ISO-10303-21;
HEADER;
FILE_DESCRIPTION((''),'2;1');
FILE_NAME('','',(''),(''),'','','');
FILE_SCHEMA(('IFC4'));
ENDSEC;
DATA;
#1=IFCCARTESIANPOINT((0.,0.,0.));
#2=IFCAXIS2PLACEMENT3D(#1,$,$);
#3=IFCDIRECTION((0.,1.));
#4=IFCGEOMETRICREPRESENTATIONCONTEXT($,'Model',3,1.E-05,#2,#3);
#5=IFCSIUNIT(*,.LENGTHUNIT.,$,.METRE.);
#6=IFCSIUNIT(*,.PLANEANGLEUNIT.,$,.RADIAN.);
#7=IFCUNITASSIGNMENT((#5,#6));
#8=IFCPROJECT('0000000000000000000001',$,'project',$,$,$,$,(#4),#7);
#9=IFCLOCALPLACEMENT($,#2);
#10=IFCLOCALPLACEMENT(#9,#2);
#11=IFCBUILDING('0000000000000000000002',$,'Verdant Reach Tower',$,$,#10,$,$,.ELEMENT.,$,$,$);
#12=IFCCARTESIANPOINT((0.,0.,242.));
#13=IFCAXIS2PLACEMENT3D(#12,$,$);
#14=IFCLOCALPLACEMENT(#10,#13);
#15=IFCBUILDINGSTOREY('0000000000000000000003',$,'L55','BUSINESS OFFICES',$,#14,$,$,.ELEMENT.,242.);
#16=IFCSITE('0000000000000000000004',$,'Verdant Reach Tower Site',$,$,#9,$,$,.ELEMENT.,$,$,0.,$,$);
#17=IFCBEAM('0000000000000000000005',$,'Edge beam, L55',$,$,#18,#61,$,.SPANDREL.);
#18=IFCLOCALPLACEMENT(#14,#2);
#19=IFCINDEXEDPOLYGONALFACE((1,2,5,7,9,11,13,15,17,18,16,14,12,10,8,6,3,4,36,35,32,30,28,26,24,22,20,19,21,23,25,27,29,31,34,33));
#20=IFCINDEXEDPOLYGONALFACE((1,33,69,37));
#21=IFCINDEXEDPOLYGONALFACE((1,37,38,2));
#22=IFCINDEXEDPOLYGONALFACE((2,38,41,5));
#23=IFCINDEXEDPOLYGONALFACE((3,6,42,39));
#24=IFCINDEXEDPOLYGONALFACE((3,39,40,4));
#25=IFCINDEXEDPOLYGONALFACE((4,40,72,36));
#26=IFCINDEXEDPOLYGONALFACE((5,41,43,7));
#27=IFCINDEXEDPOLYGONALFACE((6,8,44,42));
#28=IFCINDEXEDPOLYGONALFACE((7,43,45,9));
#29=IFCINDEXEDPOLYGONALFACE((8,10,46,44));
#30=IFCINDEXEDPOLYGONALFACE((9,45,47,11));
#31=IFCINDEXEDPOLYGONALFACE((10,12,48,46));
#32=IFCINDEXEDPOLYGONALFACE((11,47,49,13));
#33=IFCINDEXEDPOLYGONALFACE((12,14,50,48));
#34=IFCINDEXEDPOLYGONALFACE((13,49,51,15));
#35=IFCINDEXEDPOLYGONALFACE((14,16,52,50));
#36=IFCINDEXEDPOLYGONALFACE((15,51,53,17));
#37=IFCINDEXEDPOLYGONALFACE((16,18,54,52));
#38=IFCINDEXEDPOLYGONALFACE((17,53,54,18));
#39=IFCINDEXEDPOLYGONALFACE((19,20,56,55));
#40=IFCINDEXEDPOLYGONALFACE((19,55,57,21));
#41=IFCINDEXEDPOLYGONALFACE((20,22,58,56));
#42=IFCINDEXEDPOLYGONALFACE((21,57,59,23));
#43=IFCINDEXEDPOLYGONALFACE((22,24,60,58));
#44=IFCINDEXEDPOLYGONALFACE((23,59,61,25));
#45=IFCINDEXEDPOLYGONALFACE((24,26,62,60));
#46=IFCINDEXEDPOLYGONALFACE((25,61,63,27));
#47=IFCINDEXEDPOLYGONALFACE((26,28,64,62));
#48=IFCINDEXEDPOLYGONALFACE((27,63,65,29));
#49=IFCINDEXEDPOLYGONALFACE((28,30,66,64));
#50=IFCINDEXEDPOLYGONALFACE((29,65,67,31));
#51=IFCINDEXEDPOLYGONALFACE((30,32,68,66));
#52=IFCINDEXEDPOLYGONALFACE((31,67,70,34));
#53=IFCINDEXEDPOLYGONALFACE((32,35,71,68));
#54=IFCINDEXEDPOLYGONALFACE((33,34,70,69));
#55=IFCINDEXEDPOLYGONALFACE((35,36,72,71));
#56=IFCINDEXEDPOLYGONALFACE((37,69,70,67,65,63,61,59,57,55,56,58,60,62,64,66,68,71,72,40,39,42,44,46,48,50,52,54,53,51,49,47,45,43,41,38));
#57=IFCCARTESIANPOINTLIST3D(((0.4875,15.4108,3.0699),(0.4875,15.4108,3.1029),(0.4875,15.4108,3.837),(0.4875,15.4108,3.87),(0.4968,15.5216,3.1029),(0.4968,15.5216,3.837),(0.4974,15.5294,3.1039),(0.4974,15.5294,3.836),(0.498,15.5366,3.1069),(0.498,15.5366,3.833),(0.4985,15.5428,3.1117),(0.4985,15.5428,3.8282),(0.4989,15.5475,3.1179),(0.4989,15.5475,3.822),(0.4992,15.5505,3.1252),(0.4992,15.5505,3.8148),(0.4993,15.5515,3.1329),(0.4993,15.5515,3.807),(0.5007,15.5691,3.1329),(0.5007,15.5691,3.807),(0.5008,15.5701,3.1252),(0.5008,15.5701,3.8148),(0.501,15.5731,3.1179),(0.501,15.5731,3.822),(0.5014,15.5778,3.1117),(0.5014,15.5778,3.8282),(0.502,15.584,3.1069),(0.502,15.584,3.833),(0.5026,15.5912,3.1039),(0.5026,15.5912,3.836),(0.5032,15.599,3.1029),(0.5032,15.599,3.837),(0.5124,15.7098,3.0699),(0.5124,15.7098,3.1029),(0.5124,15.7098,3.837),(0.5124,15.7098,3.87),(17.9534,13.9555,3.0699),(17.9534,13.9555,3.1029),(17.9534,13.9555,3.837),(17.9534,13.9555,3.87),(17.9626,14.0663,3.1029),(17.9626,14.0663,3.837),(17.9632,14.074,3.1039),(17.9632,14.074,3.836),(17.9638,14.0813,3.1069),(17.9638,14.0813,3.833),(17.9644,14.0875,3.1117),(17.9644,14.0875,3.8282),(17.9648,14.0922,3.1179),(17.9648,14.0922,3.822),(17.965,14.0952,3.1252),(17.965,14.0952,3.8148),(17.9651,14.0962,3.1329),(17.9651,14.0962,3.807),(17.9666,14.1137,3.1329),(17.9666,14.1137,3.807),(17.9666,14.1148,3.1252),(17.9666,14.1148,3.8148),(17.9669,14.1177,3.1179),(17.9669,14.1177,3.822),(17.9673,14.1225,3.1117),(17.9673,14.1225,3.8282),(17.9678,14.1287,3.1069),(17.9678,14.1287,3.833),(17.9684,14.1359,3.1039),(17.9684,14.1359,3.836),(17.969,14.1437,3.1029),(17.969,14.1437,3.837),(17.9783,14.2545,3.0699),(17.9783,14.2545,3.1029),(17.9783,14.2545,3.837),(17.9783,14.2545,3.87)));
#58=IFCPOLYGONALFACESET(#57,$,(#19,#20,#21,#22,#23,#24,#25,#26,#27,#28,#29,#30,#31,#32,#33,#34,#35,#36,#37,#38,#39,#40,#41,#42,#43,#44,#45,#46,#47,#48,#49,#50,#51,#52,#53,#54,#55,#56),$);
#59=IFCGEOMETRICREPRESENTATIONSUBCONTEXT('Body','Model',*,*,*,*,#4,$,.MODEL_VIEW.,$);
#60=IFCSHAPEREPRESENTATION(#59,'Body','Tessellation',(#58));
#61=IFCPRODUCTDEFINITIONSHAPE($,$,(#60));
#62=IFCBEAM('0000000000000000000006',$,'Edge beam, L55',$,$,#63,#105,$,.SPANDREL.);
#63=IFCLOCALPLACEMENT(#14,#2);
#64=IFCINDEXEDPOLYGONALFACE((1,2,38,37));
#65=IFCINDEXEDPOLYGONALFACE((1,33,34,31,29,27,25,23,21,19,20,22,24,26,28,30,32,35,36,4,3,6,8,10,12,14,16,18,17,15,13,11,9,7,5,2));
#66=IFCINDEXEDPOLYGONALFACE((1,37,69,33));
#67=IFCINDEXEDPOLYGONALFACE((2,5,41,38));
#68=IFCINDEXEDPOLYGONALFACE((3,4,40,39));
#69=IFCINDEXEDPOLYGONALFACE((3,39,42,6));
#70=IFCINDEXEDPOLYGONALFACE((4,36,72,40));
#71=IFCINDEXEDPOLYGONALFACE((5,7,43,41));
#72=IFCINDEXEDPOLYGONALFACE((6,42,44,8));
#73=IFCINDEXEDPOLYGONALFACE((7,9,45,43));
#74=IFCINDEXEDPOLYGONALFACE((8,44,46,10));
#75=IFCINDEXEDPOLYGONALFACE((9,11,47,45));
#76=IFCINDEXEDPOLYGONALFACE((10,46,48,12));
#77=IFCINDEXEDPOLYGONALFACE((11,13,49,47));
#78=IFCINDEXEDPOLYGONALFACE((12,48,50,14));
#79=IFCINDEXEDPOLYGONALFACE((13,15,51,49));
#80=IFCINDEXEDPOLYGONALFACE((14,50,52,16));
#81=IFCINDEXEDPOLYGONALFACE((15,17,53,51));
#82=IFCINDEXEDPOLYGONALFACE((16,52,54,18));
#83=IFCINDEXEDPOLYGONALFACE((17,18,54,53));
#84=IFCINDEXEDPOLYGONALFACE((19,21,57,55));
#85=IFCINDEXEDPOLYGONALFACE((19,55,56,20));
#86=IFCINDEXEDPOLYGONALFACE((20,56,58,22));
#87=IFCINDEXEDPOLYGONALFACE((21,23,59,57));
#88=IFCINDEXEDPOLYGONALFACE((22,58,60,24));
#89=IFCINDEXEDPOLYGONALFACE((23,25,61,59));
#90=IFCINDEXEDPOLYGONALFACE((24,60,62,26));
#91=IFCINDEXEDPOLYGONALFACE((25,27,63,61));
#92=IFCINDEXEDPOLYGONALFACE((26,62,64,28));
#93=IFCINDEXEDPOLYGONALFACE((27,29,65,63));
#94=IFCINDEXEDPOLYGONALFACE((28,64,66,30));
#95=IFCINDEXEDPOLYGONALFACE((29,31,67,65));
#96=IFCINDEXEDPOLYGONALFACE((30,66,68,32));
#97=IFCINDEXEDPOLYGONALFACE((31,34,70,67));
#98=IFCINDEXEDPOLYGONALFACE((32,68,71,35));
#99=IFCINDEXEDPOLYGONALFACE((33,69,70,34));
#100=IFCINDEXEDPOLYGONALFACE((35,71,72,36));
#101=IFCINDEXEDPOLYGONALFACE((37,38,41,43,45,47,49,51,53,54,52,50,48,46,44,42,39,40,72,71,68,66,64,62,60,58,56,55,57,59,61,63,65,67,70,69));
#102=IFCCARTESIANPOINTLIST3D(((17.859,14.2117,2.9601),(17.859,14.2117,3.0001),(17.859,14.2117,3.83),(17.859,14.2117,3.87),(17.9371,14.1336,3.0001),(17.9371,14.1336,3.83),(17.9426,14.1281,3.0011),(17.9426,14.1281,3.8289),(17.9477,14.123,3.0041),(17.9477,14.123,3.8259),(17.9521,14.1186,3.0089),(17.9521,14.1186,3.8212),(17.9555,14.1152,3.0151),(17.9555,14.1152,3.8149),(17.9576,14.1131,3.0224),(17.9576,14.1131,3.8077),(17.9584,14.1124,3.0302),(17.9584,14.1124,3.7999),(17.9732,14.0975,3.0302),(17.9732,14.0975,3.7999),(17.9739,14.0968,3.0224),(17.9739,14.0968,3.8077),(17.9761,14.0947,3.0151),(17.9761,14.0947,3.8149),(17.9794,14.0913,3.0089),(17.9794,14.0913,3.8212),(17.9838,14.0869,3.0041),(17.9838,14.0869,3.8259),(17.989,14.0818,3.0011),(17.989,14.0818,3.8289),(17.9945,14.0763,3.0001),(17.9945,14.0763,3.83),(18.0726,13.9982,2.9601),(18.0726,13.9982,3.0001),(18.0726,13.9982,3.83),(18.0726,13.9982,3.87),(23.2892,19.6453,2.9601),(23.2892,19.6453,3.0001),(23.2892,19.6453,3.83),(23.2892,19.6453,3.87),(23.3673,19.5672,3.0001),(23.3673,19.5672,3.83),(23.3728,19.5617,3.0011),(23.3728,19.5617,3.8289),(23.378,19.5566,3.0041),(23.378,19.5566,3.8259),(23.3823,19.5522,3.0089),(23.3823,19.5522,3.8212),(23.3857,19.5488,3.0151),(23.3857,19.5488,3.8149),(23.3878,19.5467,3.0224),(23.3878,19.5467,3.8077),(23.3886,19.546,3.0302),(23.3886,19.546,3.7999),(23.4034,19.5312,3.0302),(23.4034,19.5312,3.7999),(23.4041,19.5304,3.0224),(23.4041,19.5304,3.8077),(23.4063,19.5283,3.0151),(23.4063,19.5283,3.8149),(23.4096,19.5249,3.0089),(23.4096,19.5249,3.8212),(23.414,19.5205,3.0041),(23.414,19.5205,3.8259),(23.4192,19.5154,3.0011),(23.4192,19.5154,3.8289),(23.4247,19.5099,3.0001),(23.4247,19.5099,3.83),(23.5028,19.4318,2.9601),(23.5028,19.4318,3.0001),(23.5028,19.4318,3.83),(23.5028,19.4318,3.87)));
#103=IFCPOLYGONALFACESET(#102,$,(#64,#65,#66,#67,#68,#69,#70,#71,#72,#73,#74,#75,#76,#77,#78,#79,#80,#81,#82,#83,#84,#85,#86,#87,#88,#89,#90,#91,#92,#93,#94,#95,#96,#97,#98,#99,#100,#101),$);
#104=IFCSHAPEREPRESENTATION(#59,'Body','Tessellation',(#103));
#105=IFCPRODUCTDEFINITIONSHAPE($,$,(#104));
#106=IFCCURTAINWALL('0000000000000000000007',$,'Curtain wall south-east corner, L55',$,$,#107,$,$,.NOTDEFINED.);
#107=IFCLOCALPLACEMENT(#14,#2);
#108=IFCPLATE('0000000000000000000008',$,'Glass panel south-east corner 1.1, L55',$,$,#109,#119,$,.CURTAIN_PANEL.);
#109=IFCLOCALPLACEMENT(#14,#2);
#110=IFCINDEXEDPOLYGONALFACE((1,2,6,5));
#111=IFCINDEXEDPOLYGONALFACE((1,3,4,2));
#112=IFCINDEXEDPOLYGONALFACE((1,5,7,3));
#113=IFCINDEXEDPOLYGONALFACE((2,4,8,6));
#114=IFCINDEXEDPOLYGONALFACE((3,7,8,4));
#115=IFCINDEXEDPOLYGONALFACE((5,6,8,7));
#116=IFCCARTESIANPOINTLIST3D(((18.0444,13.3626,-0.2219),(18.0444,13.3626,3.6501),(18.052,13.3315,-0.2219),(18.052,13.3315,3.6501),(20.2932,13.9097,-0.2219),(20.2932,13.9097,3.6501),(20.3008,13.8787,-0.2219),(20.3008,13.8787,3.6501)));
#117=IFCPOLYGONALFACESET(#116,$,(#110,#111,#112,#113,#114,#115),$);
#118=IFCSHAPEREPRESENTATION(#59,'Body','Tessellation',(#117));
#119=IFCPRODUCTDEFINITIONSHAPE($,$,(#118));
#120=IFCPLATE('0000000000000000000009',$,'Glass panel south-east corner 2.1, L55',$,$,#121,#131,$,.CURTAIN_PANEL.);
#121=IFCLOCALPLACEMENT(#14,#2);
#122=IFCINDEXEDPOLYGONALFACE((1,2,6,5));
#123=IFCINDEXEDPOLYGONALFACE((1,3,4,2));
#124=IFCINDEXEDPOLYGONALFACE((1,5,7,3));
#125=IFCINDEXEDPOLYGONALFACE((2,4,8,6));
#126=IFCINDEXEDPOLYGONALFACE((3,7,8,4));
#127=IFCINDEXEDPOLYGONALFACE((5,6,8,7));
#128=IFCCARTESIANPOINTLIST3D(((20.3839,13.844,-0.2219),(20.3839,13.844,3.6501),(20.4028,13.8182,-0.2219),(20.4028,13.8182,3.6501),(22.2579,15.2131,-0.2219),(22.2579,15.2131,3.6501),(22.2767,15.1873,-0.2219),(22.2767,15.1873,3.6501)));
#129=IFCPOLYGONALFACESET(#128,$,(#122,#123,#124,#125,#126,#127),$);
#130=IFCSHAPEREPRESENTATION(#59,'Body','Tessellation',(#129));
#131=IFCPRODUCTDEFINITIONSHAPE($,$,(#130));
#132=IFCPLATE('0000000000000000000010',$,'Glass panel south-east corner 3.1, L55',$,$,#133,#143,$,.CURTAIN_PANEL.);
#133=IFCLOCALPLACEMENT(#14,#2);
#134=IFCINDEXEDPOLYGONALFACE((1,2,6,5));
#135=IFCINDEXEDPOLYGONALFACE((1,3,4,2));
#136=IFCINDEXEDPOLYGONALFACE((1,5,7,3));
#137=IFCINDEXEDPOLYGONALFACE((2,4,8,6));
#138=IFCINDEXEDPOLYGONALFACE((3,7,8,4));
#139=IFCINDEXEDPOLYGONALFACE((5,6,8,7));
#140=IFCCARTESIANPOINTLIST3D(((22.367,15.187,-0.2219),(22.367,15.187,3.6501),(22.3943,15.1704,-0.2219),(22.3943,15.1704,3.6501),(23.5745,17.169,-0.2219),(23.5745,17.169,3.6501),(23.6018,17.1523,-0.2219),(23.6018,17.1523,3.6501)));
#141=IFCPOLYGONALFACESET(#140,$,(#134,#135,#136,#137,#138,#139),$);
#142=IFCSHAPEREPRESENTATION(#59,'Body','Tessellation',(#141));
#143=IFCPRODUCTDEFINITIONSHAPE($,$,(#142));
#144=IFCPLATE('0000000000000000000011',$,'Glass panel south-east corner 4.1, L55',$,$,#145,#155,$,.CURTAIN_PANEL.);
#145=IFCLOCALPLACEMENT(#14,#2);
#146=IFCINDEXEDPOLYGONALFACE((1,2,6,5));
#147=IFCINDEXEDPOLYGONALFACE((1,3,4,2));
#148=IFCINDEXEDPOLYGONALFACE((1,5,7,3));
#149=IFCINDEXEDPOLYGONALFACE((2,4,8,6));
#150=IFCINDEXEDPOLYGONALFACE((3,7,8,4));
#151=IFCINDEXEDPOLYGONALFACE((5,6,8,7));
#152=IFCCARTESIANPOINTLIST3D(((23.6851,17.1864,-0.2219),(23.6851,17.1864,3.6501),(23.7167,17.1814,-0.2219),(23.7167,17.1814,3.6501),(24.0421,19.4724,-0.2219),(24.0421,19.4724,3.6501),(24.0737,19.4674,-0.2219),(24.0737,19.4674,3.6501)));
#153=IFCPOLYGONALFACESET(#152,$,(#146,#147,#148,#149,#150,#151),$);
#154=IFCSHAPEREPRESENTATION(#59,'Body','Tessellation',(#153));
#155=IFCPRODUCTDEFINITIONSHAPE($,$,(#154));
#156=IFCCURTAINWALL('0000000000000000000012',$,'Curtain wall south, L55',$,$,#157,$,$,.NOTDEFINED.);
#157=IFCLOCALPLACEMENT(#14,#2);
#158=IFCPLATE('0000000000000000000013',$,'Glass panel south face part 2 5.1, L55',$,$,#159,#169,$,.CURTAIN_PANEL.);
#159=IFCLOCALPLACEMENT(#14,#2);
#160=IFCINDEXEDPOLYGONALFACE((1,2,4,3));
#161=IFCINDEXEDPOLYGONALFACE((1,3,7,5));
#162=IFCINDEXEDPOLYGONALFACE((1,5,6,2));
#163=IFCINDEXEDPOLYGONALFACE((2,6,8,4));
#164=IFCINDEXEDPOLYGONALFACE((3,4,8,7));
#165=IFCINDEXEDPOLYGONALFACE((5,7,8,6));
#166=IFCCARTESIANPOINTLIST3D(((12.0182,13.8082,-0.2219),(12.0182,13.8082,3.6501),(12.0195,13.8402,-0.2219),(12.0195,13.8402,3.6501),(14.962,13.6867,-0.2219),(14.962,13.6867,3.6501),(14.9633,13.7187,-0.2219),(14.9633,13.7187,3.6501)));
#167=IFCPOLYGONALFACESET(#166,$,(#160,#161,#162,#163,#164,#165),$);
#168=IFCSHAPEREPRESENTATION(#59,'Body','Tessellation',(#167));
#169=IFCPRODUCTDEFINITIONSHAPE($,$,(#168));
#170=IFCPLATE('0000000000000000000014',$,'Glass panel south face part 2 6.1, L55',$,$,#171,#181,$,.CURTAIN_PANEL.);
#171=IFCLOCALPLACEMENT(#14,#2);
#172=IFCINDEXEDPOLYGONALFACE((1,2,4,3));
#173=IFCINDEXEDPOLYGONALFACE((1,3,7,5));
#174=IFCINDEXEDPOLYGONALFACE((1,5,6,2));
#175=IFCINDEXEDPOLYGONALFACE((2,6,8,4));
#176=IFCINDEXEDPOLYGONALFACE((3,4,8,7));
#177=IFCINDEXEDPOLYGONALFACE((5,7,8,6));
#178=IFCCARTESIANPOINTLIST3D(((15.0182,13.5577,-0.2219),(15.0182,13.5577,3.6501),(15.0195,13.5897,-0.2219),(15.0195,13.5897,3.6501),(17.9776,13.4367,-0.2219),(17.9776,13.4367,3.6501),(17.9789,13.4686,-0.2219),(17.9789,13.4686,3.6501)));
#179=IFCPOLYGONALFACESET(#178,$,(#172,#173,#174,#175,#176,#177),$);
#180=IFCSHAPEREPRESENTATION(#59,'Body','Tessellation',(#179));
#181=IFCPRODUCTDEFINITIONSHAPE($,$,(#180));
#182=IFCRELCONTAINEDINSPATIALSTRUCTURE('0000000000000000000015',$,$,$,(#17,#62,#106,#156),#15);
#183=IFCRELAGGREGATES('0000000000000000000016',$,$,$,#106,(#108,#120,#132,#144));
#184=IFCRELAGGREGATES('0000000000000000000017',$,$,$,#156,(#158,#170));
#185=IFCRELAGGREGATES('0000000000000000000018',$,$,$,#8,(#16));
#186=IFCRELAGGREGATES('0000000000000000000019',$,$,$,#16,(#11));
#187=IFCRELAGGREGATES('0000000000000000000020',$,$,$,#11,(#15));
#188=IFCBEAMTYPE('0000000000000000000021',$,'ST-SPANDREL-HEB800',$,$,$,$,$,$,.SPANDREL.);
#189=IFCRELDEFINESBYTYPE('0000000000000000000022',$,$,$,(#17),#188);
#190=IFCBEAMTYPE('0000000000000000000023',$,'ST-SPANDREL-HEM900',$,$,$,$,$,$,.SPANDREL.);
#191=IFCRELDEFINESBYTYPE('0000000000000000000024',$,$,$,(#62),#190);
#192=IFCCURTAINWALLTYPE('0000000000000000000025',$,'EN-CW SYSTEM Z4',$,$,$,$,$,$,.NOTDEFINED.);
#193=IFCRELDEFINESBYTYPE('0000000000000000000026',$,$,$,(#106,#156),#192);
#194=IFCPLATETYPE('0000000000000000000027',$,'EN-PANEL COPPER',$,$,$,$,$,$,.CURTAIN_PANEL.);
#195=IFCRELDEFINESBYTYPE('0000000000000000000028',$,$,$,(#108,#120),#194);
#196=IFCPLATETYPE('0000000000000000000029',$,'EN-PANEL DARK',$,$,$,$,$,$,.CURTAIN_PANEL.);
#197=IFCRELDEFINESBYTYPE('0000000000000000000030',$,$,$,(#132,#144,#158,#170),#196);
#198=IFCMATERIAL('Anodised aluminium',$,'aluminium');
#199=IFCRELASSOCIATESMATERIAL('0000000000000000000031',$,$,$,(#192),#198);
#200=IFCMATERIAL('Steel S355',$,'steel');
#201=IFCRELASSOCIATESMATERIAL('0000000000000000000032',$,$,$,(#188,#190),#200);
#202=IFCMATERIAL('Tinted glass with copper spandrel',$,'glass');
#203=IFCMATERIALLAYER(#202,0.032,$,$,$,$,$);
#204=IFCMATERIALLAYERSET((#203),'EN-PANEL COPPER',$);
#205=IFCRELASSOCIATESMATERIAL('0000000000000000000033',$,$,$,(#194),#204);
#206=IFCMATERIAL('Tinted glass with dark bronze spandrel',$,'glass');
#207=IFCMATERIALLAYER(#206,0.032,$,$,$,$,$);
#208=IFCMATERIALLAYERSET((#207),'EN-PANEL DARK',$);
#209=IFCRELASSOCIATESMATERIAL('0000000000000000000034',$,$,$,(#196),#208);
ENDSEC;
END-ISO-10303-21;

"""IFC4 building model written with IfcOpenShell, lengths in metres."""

from ifc_helpers import new_model, si_unit, direction, frame, origin, origin_2d, place, context, subcontext, project, spatial, rectangle, i_section, extrude, material, layer, layer_set, material_profile, profile_set, type_object, element, aggregate, save


model = new_model("IFC4")

# Units and contexts
model_context = context("Model", 3, precision=1e-05, world=origin(), true_north=direction((0.0, 1.0)))
body_context = subcontext(model_context, "Body", "Model", "MODEL_VIEW")
ifc_project = project(units=[si_unit("LENGTHUNIT", "METRE"), si_unit("PLANEANGLEUNIT", "RADIAN")], contexts=[model_context])

# Site, building, storey
site_placement = place(None, origin())
site = spatial("IfcSite", under=ifc_project, at=site_placement, Name="Verdant Reach Tower Site", CompositionType="ELEMENT", RefElevation=0.0)
building_placement = place(site_placement, origin())
building = spatial("IfcBuilding", under=site, at=building_placement, Name="Verdant Reach Tower", CompositionType="ELEMENT")
storey_placement = place(building_placement, frame((0.0, 0.0, 242.0)))
storey = spatial("IfcBuildingStorey", under=building, at=storey_placement, Name="L55", Description="BUSINESS OFFICES", CompositionType="ELEMENT", Elevation=242.0)

# Shared definitions
ifc_material_1 = material(Name="Anodised aluminium", Category="aluminium")
curtain_wall_type = type_object("IfcCurtainWallType", Name="EN-CW SYSTEM Z4", PredefinedType="NOTDEFINED", material=ifc_material_1)

# Beams
ifc_material_2 = material(Name="Steel S355", Category="steel")
ifc_material_profile_1 = material_profile(ifc_material_2, i_section(OverallWidth=0.3, OverallDepth=0.8, WebThickness=0.0176, FlangeThickness=0.033, FilletRadius=0.03, at=origin_2d()), Name="HEB 800")
ifc_profile_set_1 = profile_set([ifc_material_profile_1], Name="Steel S355")
beam_type_1 = type_object("IfcBeamType", Name="ST-SPANDREL-HEB800", PredefinedType="SPANDREL", material=ifc_profile_set_1)
beam_1_placement = place(storey_placement, frame((17.9658, 14.105, 3.47), z_axis=(-0.996547, 0.083036, 0.0), x_axis=(-0.083036, -0.996547, 0.0)))
element("IfcBeam", 1, at=beam_1_placement, inside=storey, type_object=beam_type_1, Name="Edge beam, L55", PredefinedType="SPANDREL", context=body_context, shape_type="SweptSolid", body=[
    extrude(i_section(OverallWidth=0.3, OverallDepth=0.8, WebThickness=0.0176, FlangeThickness=0.033, FilletRadius=0.03, at=origin_2d()), origin(), (0.0, 0.0, 1.0), 17.5264),
])
ifc_material_profile_2 = material_profile(ifc_material_2, i_section(OverallWidth=0.302, OverallDepth=0.9099, WebThickness=0.021, FlangeThickness=0.04, FilletRadius=0.03, at=origin_2d()), Name="HEM 900")
ifc_profile_set_2 = profile_set([ifc_material_profile_2], Name="Steel S355")
beam_type_2 = type_object("IfcBeamType", Name="ST-SPANDREL-HEM900", PredefinedType="SPANDREL", material=ifc_profile_set_2)
beam_2_placement = place(storey_placement, frame((23.396, 19.5386, 3.415), z_axis=(-0.706884, -0.707329, 0.0), x_axis=(0.707329, -0.706884, 0.0)))
element("IfcBeam", 2, at=beam_2_placement, inside=storey, type_object=beam_type_2, Name="Edge beam, L55", PredefinedType="SPANDREL", context=body_context, shape_type="SweptSolid", body=[
    extrude(i_section(OverallWidth=0.302, OverallDepth=0.9099, WebThickness=0.021, FlangeThickness=0.04, FilletRadius=0.03, at=origin_2d()), origin(), (0.0, 0.0, 1.0), 7.6819),
])

# Curtain walls, plates
curtain_wall_1_placement = place(storey_placement, origin())
curtain_wall_1 = element("IfcCurtainWall", 3, at=curtain_wall_1_placement, inside=storey, type_object=curtain_wall_type, Name="Curtain wall south-east corner, L55", PredefinedType="NOTDEFINED")
ifc_material_3 = material(Name="Tinted glass with copper spandrel", Category="glass")
ifc_layer_1 = layer(ifc_material_3, 0.032)
ifc_layer_set_1 = layer_set([ifc_layer_1], Name="EN-PANEL COPPER")
plate_type_1 = type_object("IfcPlateType", Name="EN-PANEL COPPER", PredefinedType="CURTAIN_PANEL", material=ifc_layer_set_1)
plate_1_placement = place(storey_placement, frame((19.1726, 13.6206, -0.2219), z_axis=(0.0, 0.0, 1.0), x_axis=(0.971652, 0.236414, 0.0)))
plate_1 = element("IfcPlate", 4, at=plate_1_placement, type_object=plate_type_1, Name="Glass panel south-east corner 1.1, L55", PredefinedType="CURTAIN_PANEL", context=body_context, shape_type="SweptSolid", body=[
    extrude(rectangle(XDim=2.3145, YDim=0.032, at=origin_2d()), origin(), (0.0, 0.0, 1.0), 3.8721),
])
plate_2_placement = place(storey_placement, frame((21.3303, 14.5156, -0.2219), z_axis=(0.0, 0.0, 1.0), x_axis=(0.807457, 0.589927, 0.0)))
plate_2 = element("IfcPlate", 5, at=plate_2_placement, type_object=plate_type_1, Name="Glass panel south-east corner 2.1, L55", PredefinedType="CURTAIN_PANEL", context=body_context, shape_type="SweptSolid", body=[
    extrude(rectangle(XDim=2.3208, YDim=0.032, at=origin_2d()), origin(), (0.0, 0.0, 1.0), 3.8721),
])
ifc_material_4 = material(Name="Tinted glass with dark bronze spandrel", Category="glass")
ifc_layer_2 = layer(ifc_material_4, 0.032)
ifc_layer_set_2 = layer_set([ifc_layer_2], Name="EN-PANEL DARK")
plate_type_2 = type_object("IfcPlateType", Name="EN-PANEL DARK", PredefinedType="CURTAIN_PANEL", material=ifc_layer_set_2)
plate_3_placement = place(storey_placement, frame((22.9844, 16.1697, -0.2219), z_axis=(0.0, 0.0, 1.0), x_axis=(0.520292, 0.853989, 0.0)))
plate_3 = element("IfcPlate", 6, at=plate_3_placement, type_object=plate_type_2, Name="Glass panel south-east corner 3.1, L55", PredefinedType="CURTAIN_PANEL", context=body_context, shape_type="SweptSolid", body=[
    extrude(rectangle(XDim=2.3208, YDim=0.032, at=origin_2d()), origin(), (0.0, 0.0, 1.0), 3.8721),
])
plate_4_placement = place(storey_placement, frame((23.8794, 18.3269, -0.2219), z_axis=(0.0, 0.0, 1.0), x_axis=(0.154325, 0.98802, 0.0)))
plate_4 = element("IfcPlate", 7, at=plate_4_placement, type_object=plate_type_2, Name="Glass panel south-east corner 4.1, L55", PredefinedType="CURTAIN_PANEL", context=body_context, shape_type="SweptSolid", body=[
    extrude(rectangle(XDim=2.3137, YDim=0.032, at=origin_2d()), origin(), (0.0, 0.0, 1.0), 3.8721),
])
aggregate(curtain_wall_1, [plate_1, plate_2, plate_3, plate_4])
curtain_wall_2_placement = place(storey_placement, origin())
curtain_wall_2 = element("IfcCurtainWall", 8, at=curtain_wall_2_placement, inside=storey, type_object=curtain_wall_type, Name="Curtain wall south, L55", PredefinedType="NOTDEFINED")
plate_5_placement = place(storey_placement, frame((13.4907, 13.7634, -0.2219), z_axis=(0.0, 0.0, 1.0), x_axis=(0.999149, -0.041242, 0.0)))
plate_5 = element("IfcPlate", 9, at=plate_5_placement, type_object=plate_type_2, Name="Glass panel south face part 2 5.1, L55", PredefinedType="CURTAIN_PANEL", context=body_context, shape_type="SweptSolid", body=[
    extrude(rectangle(XDim=2.9463, YDim=0.032, at=origin_2d()), origin(), (0.0, 0.0, 1.0), 3.8721),
])
plate_6_placement = place(storey_placement, frame((16.4985, 13.5132, -0.2219), z_axis=(0.0, 0.0, 1.0), x_axis=(0.999164, -0.040881, 0.0)))
plate_6 = element("IfcPlate", 10, at=plate_6_placement, type_object=plate_type_2, Name="Glass panel south face part 2 6.1, L55", PredefinedType="CURTAIN_PANEL", context=body_context, shape_type="SweptSolid", body=[
    extrude(rectangle(XDim=2.9619, YDim=0.032, at=origin_2d()), origin(), (0.0, 0.0, 1.0), 3.8721),
])
aggregate(curtain_wall_2, [plate_5, plate_6])

save(model, "model.ifc")
